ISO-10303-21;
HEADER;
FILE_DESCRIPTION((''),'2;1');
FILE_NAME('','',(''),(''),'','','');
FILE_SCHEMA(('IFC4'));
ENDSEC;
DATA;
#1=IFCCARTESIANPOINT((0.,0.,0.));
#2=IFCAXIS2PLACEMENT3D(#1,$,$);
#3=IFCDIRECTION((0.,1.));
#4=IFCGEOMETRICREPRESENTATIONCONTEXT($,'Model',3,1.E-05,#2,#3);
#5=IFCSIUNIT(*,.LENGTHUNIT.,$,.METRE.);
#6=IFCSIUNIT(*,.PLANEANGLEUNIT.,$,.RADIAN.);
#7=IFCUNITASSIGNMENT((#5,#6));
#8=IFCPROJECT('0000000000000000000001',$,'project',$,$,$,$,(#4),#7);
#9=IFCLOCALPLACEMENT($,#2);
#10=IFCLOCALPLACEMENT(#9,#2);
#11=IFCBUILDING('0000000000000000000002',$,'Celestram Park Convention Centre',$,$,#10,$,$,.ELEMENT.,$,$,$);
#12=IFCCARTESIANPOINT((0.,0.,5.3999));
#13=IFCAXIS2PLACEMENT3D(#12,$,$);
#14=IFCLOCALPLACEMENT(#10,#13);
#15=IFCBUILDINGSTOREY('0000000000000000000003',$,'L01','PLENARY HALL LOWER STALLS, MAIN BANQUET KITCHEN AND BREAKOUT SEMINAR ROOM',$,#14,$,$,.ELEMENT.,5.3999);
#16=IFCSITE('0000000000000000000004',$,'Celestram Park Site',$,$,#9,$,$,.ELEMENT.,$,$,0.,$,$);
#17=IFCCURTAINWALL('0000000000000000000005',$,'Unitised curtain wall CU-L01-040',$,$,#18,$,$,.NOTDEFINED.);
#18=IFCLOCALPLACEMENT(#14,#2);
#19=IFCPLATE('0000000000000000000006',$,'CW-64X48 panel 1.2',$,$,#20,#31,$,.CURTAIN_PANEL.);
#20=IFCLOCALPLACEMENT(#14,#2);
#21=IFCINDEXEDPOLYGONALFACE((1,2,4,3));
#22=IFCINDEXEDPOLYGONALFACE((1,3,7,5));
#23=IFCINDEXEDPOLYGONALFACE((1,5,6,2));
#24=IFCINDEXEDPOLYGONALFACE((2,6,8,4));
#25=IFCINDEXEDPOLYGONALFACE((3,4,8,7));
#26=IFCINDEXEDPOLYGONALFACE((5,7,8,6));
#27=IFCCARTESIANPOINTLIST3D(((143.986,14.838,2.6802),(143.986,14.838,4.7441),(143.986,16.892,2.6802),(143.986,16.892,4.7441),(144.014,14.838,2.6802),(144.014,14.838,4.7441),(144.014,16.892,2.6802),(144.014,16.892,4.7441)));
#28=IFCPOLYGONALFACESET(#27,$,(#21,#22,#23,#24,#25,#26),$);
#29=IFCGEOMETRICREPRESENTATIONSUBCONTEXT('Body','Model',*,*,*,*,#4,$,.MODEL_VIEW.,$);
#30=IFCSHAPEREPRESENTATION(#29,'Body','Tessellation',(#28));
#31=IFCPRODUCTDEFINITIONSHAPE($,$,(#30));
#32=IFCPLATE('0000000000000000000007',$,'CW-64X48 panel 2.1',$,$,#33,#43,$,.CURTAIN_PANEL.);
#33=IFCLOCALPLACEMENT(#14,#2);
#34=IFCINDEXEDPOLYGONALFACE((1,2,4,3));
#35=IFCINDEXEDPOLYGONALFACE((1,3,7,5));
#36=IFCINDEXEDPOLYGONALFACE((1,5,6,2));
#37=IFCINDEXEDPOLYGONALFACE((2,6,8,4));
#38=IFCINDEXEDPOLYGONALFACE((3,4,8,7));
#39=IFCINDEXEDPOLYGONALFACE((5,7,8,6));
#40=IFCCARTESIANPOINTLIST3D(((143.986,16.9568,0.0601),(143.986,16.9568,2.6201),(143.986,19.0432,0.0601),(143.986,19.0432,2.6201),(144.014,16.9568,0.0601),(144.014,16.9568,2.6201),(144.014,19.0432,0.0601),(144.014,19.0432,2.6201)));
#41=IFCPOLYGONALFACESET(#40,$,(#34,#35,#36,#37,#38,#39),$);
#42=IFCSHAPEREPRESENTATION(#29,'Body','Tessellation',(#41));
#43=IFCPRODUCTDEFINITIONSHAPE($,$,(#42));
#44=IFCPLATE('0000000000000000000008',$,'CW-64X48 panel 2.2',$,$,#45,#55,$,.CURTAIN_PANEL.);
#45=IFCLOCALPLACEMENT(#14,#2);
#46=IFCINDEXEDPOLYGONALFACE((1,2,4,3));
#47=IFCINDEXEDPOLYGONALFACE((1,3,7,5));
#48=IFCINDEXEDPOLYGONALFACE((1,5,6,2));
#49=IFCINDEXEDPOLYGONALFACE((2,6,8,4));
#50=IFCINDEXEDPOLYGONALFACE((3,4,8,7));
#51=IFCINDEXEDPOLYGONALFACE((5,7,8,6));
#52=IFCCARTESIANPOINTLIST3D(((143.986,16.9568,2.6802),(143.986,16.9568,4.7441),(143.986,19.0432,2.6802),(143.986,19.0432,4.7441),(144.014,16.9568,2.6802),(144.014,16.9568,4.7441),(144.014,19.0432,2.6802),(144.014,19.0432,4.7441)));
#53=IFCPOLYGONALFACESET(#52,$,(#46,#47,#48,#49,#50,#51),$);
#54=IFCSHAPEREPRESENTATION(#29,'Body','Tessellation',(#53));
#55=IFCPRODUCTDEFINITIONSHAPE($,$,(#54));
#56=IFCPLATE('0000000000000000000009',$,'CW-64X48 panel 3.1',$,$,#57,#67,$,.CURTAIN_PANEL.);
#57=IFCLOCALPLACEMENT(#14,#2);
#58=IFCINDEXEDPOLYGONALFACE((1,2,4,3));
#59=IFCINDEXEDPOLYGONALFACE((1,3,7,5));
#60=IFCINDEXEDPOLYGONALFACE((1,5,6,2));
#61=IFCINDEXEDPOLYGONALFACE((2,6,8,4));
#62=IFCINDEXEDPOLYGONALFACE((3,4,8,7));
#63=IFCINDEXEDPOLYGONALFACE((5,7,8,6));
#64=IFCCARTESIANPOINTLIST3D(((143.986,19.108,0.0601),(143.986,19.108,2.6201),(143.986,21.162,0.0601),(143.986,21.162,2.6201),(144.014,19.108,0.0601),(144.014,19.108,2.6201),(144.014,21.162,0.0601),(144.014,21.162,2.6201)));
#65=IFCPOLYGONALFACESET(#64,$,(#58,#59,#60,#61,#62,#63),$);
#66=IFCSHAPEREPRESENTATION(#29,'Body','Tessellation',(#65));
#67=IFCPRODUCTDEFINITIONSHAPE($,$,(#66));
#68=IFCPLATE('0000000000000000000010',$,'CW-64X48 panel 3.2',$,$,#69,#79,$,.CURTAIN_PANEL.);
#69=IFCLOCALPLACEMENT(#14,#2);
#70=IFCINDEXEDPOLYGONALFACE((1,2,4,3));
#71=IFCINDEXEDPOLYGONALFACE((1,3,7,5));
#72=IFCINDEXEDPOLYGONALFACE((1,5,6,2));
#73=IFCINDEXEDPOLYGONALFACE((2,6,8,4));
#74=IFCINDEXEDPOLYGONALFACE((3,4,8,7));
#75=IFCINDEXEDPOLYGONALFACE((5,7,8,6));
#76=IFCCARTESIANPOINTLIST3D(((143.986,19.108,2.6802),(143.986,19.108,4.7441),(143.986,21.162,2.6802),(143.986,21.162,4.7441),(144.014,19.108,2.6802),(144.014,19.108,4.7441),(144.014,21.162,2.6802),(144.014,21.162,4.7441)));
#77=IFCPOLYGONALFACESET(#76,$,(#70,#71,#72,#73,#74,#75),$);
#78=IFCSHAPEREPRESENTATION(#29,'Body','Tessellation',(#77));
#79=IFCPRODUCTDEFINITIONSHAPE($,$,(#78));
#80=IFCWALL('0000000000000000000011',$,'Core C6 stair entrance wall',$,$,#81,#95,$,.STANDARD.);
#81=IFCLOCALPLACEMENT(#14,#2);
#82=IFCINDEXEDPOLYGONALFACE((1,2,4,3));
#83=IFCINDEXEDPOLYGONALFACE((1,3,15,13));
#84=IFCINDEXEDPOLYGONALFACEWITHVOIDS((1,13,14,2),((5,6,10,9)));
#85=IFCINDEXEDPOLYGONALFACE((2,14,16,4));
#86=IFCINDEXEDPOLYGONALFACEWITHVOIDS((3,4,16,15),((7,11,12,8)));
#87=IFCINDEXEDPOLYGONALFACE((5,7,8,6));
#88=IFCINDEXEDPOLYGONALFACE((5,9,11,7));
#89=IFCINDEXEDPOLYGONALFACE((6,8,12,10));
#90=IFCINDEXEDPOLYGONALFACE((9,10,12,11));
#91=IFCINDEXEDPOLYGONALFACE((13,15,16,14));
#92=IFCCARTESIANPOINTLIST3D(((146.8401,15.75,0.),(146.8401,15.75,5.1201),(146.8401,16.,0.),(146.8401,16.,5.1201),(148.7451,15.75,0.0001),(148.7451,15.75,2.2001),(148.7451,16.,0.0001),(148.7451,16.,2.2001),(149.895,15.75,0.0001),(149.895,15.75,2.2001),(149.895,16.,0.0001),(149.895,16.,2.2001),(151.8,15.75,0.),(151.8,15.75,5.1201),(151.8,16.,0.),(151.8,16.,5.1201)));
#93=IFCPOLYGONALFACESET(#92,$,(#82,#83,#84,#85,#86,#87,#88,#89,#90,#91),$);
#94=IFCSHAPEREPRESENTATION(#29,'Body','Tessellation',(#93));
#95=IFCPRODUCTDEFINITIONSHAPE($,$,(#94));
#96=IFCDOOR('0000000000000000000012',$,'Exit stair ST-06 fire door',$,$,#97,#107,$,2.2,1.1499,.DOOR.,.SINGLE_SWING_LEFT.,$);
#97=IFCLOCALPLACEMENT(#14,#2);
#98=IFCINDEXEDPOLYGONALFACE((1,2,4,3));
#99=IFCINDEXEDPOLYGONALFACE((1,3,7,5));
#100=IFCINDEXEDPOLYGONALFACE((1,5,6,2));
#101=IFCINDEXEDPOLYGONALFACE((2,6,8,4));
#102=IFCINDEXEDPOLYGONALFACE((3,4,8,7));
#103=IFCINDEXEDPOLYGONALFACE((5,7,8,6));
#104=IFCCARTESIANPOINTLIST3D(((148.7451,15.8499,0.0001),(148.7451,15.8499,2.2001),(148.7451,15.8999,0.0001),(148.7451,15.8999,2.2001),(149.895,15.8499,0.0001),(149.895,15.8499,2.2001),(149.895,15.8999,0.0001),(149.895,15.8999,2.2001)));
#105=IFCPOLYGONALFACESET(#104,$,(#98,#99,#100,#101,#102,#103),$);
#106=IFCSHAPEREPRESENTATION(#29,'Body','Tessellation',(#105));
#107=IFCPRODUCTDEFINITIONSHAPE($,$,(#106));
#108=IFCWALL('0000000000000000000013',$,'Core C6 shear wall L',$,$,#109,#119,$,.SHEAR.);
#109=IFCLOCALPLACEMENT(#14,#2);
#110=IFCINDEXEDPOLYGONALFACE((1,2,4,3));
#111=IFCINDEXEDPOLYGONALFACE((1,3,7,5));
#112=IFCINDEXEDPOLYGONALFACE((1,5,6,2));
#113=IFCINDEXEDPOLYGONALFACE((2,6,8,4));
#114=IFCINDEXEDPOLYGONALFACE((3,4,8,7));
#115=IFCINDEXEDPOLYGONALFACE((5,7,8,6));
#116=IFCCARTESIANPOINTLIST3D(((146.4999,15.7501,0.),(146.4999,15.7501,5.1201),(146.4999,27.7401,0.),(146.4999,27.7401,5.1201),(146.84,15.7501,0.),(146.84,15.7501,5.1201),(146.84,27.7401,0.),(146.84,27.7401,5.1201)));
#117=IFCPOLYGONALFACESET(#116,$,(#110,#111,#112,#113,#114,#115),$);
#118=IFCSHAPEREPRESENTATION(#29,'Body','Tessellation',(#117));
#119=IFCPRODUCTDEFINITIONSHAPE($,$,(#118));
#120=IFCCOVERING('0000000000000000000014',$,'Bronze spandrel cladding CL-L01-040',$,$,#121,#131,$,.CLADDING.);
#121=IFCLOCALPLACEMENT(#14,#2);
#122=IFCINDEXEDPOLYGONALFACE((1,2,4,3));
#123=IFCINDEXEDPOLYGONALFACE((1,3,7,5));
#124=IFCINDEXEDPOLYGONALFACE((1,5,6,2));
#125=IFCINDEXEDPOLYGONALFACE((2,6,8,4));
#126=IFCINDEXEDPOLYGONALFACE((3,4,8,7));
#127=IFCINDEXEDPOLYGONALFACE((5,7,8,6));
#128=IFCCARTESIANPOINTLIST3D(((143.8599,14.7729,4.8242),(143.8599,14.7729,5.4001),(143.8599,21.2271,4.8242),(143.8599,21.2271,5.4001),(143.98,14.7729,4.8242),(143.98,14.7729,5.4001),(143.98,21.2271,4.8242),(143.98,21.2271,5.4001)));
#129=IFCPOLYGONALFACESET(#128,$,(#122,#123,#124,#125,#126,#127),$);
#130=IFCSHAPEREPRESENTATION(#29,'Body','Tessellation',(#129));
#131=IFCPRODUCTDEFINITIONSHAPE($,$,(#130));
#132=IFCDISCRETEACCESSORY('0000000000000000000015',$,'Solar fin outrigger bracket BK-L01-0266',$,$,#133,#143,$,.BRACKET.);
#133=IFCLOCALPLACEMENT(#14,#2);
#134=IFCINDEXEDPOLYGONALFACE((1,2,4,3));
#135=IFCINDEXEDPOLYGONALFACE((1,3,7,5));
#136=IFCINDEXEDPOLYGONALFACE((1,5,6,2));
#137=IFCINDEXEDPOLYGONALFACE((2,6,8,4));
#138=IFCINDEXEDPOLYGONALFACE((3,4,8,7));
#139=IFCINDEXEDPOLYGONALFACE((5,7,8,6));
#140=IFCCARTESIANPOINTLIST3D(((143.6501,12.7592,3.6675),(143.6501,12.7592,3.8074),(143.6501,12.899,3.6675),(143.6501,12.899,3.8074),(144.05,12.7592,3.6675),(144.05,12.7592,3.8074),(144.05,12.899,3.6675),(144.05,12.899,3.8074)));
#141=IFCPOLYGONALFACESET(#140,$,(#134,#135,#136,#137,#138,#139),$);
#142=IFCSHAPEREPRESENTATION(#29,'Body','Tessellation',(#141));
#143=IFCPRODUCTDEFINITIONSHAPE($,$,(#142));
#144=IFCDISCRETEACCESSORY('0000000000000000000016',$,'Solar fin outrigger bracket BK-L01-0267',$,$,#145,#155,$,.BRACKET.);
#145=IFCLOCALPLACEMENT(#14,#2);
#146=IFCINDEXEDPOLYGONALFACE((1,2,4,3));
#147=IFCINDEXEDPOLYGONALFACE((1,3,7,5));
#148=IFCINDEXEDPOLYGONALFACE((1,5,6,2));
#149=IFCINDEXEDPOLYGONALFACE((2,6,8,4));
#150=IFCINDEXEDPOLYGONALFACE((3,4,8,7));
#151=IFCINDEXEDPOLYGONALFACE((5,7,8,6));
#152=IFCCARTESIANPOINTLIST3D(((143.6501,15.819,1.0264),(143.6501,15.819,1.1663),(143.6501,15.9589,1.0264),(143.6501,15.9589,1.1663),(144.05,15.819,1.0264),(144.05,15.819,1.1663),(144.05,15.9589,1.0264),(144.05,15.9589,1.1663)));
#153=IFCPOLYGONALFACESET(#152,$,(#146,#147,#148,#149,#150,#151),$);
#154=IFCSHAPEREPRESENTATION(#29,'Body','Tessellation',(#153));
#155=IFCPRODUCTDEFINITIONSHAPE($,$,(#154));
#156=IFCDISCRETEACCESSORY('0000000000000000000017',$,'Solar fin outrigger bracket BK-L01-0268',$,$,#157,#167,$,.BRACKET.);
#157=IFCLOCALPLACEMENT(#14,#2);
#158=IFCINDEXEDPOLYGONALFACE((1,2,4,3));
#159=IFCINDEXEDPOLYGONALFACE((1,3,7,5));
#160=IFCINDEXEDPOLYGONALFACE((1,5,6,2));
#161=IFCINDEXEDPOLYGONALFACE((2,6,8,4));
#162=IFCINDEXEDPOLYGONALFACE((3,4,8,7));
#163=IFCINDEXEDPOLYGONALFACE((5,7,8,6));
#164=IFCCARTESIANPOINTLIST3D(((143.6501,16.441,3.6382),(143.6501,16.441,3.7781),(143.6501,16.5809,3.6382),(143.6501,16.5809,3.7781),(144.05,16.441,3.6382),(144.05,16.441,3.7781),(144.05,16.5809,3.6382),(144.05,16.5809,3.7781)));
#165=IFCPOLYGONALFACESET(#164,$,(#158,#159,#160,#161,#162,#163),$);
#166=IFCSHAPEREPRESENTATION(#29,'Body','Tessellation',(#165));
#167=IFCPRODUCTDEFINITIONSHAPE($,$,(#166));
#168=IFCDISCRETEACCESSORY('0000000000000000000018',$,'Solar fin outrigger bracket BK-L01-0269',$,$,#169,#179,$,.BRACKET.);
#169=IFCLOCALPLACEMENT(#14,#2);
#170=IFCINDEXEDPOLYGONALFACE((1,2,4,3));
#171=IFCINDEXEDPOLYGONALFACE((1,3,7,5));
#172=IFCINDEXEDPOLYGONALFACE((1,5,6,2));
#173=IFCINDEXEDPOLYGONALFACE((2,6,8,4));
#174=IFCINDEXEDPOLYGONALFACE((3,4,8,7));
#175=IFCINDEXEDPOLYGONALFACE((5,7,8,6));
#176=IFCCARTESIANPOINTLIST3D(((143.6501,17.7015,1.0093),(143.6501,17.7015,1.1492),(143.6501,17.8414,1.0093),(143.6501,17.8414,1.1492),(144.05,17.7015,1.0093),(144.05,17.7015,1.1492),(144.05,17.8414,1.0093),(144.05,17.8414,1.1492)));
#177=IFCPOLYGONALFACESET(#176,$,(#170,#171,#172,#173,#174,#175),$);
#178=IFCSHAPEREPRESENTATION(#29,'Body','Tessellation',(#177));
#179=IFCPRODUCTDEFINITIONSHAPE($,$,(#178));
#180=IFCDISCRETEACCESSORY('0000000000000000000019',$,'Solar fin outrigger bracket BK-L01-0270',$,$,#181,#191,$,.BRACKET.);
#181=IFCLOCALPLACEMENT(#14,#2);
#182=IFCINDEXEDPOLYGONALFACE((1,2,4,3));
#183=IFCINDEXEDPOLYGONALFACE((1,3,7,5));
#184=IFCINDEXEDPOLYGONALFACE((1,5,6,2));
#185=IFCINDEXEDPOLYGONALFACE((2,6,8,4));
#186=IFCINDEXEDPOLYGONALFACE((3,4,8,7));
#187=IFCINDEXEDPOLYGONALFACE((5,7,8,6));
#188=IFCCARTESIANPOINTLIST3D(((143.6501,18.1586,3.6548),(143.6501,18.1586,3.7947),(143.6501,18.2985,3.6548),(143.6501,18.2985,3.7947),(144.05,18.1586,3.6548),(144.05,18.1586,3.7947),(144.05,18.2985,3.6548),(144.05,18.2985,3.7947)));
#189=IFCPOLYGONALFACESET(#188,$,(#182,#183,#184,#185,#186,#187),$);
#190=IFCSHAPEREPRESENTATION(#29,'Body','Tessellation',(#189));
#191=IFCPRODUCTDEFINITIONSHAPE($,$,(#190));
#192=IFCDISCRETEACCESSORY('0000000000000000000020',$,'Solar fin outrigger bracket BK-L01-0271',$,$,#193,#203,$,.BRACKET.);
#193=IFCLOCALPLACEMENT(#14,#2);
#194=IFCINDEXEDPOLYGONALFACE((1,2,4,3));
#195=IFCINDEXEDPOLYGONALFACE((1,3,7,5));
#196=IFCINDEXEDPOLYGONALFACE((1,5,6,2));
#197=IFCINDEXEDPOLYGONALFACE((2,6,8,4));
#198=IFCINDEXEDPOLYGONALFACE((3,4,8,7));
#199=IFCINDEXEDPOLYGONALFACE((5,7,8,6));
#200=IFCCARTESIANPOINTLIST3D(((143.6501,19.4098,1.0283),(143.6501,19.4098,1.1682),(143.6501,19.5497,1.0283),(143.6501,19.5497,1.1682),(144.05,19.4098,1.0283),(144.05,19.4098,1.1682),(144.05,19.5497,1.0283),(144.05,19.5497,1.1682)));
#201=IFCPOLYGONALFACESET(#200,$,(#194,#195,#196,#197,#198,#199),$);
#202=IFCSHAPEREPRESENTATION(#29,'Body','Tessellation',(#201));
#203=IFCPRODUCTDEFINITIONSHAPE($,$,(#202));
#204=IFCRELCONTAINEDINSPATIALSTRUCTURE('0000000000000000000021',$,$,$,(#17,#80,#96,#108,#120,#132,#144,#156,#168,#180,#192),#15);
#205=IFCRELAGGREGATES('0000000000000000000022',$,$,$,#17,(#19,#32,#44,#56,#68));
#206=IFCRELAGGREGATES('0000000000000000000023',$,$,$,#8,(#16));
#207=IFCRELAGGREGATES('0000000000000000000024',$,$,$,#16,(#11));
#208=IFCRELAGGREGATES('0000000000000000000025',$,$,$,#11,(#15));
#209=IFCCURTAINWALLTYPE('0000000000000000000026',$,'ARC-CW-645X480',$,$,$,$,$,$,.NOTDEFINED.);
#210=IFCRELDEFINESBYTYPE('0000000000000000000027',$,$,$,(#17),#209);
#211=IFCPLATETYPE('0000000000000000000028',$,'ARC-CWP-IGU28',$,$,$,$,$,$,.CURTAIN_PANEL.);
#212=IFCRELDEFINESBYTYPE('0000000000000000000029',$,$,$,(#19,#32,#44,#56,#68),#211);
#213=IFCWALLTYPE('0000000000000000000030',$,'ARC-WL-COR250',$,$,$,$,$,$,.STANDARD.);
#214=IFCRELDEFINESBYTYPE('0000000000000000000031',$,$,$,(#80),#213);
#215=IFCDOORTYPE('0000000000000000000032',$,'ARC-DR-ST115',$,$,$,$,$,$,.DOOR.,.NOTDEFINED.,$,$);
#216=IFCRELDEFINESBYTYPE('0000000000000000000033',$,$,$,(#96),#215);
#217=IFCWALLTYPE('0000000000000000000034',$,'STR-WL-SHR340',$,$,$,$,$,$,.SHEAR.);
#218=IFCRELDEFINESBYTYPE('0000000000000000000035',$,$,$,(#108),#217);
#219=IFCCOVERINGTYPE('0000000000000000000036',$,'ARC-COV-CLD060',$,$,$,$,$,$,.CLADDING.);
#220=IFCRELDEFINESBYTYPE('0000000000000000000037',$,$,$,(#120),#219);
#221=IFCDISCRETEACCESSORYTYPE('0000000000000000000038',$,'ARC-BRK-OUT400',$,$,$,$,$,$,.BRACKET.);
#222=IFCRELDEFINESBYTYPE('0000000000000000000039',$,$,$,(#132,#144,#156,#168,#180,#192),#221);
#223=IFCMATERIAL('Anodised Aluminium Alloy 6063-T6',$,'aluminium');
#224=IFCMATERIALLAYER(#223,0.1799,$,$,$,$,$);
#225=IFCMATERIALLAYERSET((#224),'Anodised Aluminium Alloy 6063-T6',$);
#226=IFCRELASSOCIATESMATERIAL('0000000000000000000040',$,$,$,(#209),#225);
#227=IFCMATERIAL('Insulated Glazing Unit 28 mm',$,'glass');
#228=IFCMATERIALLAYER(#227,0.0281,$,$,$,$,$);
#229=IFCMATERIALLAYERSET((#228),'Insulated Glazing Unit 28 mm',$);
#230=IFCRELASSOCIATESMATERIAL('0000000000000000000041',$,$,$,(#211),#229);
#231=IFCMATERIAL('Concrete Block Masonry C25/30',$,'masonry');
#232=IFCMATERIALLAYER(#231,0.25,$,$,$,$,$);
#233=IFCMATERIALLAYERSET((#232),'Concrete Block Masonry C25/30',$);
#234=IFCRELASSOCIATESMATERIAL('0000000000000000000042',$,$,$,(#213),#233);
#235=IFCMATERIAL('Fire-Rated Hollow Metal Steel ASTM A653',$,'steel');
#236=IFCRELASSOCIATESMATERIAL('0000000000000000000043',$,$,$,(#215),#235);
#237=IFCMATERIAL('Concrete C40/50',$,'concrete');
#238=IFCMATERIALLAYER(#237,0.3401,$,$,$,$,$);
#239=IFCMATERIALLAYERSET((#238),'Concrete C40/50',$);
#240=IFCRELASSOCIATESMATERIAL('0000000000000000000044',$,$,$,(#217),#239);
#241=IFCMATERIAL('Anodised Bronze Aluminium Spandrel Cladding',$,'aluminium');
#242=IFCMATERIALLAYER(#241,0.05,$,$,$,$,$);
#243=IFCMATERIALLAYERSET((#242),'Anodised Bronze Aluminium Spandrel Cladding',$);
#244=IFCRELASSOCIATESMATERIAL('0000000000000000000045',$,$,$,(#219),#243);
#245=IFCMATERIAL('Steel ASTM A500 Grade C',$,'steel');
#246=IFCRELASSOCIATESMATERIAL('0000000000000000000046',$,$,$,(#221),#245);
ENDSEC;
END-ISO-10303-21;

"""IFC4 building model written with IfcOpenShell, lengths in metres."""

from ifc_helpers import new_model, si_unit, direction, frame, frame_2d, origin, origin_2d, place, context, subcontext, project, spatial, rectangle, extrude, material, layer, layer_set, type_object, element, fill, aggregate, save


model = new_model("IFC4")

# Units and contexts
model_context = context("Model", 3, precision=1e-05, world=origin(), true_north=direction((0.0, 1.0)))
body_context = subcontext(model_context, "Body", "Model", "MODEL_VIEW")
ifc_project = project(units=[si_unit("LENGTHUNIT", "METRE"), si_unit("PLANEANGLEUNIT", "RADIAN")], contexts=[model_context])

# Site, building, storey
site_placement = place(None, origin())
site = spatial("IfcSite", under=ifc_project, at=site_placement, Name="Celestram Park Site", CompositionType="ELEMENT", RefElevation=0.0)
building_placement = place(site_placement, origin())
building = spatial("IfcBuilding", under=site, at=building_placement, Name="Celestram Park Convention Centre", CompositionType="ELEMENT")
storey_placement = place(building_placement, frame((0.0, 0.0, 5.3999)))
storey = spatial("IfcBuildingStorey", under=building, at=storey_placement, Name="L01", Description="PLENARY HALL LOWER STALLS, MAIN BANQUET KITCHEN AND BREAKOUT SEMINAR ROOM", CompositionType="ELEMENT", Elevation=5.3999)

# Shared definitions
ifc_material_1 = material(Name="Concrete C40/50", Category="concrete")

# Shared definitions
ifc_material_2 = material(Name="Anodised Aluminium Alloy 6063-T6", Category="aluminium")

# Curtain wall
ifc_layer_1 = layer(ifc_material_2, 0.1799)
ifc_layer_set_1 = layer_set([ifc_layer_1], Name="Anodised Aluminium Alloy 6063-T6")
curtain_wall_type_1 = type_object("IfcCurtainWallType", Name="ARC-CW-645X480", PredefinedType="NOTDEFINED", material=ifc_layer_set_1)
curtain_wall_1_placement = place(storey_placement, origin())
curtain_wall_1 = element("IfcCurtainWall", 1, at=curtain_wall_1_placement, inside=storey, type_object=curtain_wall_type_1, Name="Unitised curtain wall CU-L01-040", PredefinedType="NOTDEFINED")

# Shared definitions
ifc_material_3 = material(Name="Steel ASTM A500 Grade C", Category="steel")

# Plates
ifc_material_4 = material(Name="Insulated Glazing Unit 28 mm", Category="glass")
ifc_layer_2 = layer(ifc_material_4, 0.0281)
ifc_layer_set_2 = layer_set([ifc_layer_2], Name="Insulated Glazing Unit 28 mm")
plate_type = type_object("IfcPlateType", Name="ARC-CWP-IGU28", PredefinedType="CURTAIN_PANEL", material=ifc_layer_set_2)
plate_1_placement = place(storey_placement, frame((144.0, 15.865, 2.6802), z_axis=(0.0, 0.0, 1.0), x_axis=(0.0, 1.0, 0.0)))
plate_1 = element("IfcPlate", 2, at=plate_1_placement, type_object=plate_type, Name="CW-64X48 panel 1.2", PredefinedType="CURTAIN_PANEL", context=body_context, shape_type="SweptSolid", body=[
    extrude(rectangle(XDim=2.054, YDim=0.0281, at=origin_2d()), origin(), (0.0, 0.0, 1.0), 2.064),
])
plate_2_placement = place(storey_placement, frame((144.0, 18.0, 0.0601), z_axis=(0.0, 0.0, 1.0), x_axis=(0.0, 1.0, 0.0)))
plate_2 = element("IfcPlate", 3, at=plate_2_placement, type_object=plate_type, Name="CW-64X48 panel 2.1", PredefinedType="CURTAIN_PANEL", context=body_context, shape_type="SweptSolid", body=[
    extrude(rectangle(XDim=2.0864, YDim=0.0281, at=origin_2d()), origin(), (0.0, 0.0, 1.0), 2.5601),
])
plate_3_placement = place(storey_placement, frame((144.0, 18.0, 2.6802), z_axis=(0.0, 0.0, 1.0), x_axis=(0.0, 1.0, 0.0)))
plate_3 = element("IfcPlate", 4, at=plate_3_placement, type_object=plate_type, Name="CW-64X48 panel 2.2", PredefinedType="CURTAIN_PANEL", context=body_context, shape_type="SweptSolid", body=[
    extrude(rectangle(XDim=2.0864, YDim=0.0281, at=origin_2d()), origin(), (0.0, 0.0, 1.0), 2.064),
])
plate_4_placement = place(storey_placement, frame((144.0, 20.135, 0.0601), z_axis=(0.0, 0.0, 1.0), x_axis=(0.0, 1.0, 0.0)))
plate_4 = element("IfcPlate", 5, at=plate_4_placement, type_object=plate_type, Name="CW-64X48 panel 3.1", PredefinedType="CURTAIN_PANEL", context=body_context, shape_type="SweptSolid", body=[
    extrude(rectangle(XDim=2.054, YDim=0.0281, at=origin_2d()), origin(), (0.0, 0.0, 1.0), 2.5601),
])
plate_5_placement = place(storey_placement, frame((144.0, 20.135, 2.6802), z_axis=(0.0, 0.0, 1.0), x_axis=(0.0, 1.0, 0.0)))
plate_5 = element("IfcPlate", 6, at=plate_5_placement, type_object=plate_type, Name="CW-64X48 panel 3.2", PredefinedType="CURTAIN_PANEL", context=body_context, shape_type="SweptSolid", body=[
    extrude(rectangle(XDim=2.054, YDim=0.0281, at=origin_2d()), origin(), (0.0, 0.0, 1.0), 2.064),
])
aggregate(curtain_wall_1, [plate_1, plate_2, plate_3, plate_4, plate_5])

# Wall, opening, door
ifc_material_5 = material(Name="Concrete Block Masonry C25/30", Category="masonry")
ifc_layer_3 = layer(ifc_material_5, 0.25)
ifc_layer_set_3 = layer_set([ifc_layer_3], Name="Concrete Block Masonry C25/30")
wall_type_1 = type_object("IfcWallType", Name="ARC-WL-COR250", PredefinedType="STANDARD", material=ifc_layer_set_3)
wall_1_placement = place(storey_placement, frame((146.8401, 15.875, 0.0), z_axis=(0.0, 0.0, 1.0), x_axis=(1.0, 0.0, 0.0)))
wall_1 = element("IfcWall", 7, at=wall_1_placement, inside=storey, type_object=wall_type_1, Name="Core C6 stair entrance wall", PredefinedType="STANDARD", context=body_context, shape_type="SweptSolid", body=[
    extrude(rectangle(XDim=4.96, YDim=0.25, at=frame_2d((2.48, 0.0))), origin(), (0.0, 0.0, 1.0), 5.1201),
])
opening_placement = place(wall_1_placement, frame((1.905, 0.0, 0.0)))
opening = element("IfcOpeningElement", 8, at=opening_placement, cuts=wall_1, PredefinedType="OPENING", context=body_context, shape_type="SweptSolid", body=[
    extrude(rectangle(XDim=1.1499, YDim=2.2, at=frame_2d((0.575, 1.1001))), frame((0.0, 0.135, 0.0), z_axis=(0.0, -1.0, 0.0), x_axis=(1.0, 0.0, 0.0)), (0.0, 0.0, 1.0), 0.27),
])
ifc_material_6 = material(Name="Fire-Rated Hollow Metal Steel ASTM A653", Category="steel")
door_type = type_object("IfcDoorType", Name="ARC-DR-ST115", OperationType="NOTDEFINED", PredefinedType="DOOR", material=ifc_material_6)
door_placement = place(opening_placement, origin())
door = element("IfcDoor", 9, at=door_placement, inside=storey, type_object=door_type, Name="Exit stair ST-06 fire door", OperationType="SINGLE_SWING_LEFT", OverallHeight=2.2, OverallWidth=1.1499, PredefinedType="DOOR", context=body_context, shape_type="SweptSolid", body=[
    extrude(rectangle(XDim=1.1499, YDim=2.2, at=frame_2d((0.575, 1.1001))), frame((0.0, 0.0249, 0.0), z_axis=(0.0, -1.0, 0.0), x_axis=(1.0, 0.0, 0.0)), (0.0, 0.0, 1.0), 0.05),
])
fill(opening, door)

# Wall
ifc_layer_4 = layer(ifc_material_1, 0.3401)
ifc_layer_set_4 = layer_set([ifc_layer_4], Name="Concrete C40/50")
wall_type_2 = type_object("IfcWallType", Name="STR-WL-SHR340", PredefinedType="SHEAR", material=ifc_layer_set_4)
wall_2_placement = place(storey_placement, frame((146.6699, 15.75, 0.0), z_axis=(0.0, 0.0, 1.0), x_axis=(0.0, 1.0, 0.0)))
element("IfcWall", 10, at=wall_2_placement, inside=storey, type_object=wall_type_2, Name="Core C6 shear wall L", PredefinedType="SHEAR", context=body_context, shape_type="SweptSolid", body=[
    extrude(rectangle(XDim=11.99, YDim=0.3401, at=frame_2d((5.9951, 0.0))), origin(), (0.0, 0.0, 1.0), 5.1201),
])

# Covering
ifc_material_7 = material(Name="Anodised Bronze Aluminium Spandrel Cladding", Category="aluminium")
ifc_layer_5 = layer(ifc_material_7, 0.05)
ifc_layer_set_5 = layer_set([ifc_layer_5], Name="Anodised Bronze Aluminium Spandrel Cladding")
covering_type = type_object("IfcCoveringType", Name="ARC-COV-CLD060", PredefinedType="CLADDING", material=ifc_layer_set_5)
covering_placement = place(storey_placement, frame((143.9199, 18.0, 4.8242), z_axis=(0.0, 0.0, 1.0), x_axis=(0.0, 1.0, 0.0)))
element("IfcCovering", 11, at=covering_placement, inside=storey, type_object=covering_type, Name="Bronze spandrel cladding CL-L01-040", PredefinedType="CLADDING", context=body_context, shape_type="SweptSolid", body=[
    extrude(rectangle(XDim=6.4541, YDim=0.1201, at=origin_2d()), origin(), (0.0, 0.0, 1.0), 0.5759),
])

# Discrete accessories
discrete_accessory_type = type_object("IfcDiscreteAccessoryType", Name="ARC-BRK-OUT400", PredefinedType="BRACKET", material=ifc_material_3)
for number, where, z_axis, x_axis, name in (
    (12, (143.8501, 12.8291, 3.6675), (0.0, 0.0, 1.0), (-1.0, 0.0, 0.0), "Solar fin outrigger bracket BK-L01-0266"),
    (13, (143.8501, 15.8889, 1.0264), (0.0, 0.0, 1.0), (-1.0, 0.0, 0.0), "Solar fin outrigger bracket BK-L01-0267"),
    (14, (143.8501, 16.511, 3.6382), (0.0, 0.0, 1.0), (-1.0, 0.0, 0.0), "Solar fin outrigger bracket BK-L01-0268"),
    (15, (143.8501, 17.7715, 1.0093), (0.0, 0.0, 1.0), (-1.0, 0.0, 0.0), "Solar fin outrigger bracket BK-L01-0269"),
    (16, (143.8501, 18.2285, 3.6548), (0.0, 0.0, 1.0), (-1.0, 0.0, 0.0), "Solar fin outrigger bracket BK-L01-0270"),
    (17, (143.8501, 19.4797, 1.0283), (0.0, 0.0, 1.0), (-1.0, 0.0, 0.0), "Solar fin outrigger bracket BK-L01-0271"),
):
    element("IfcDiscreteAccessory", number, at=place(storey_placement, frame(where, z_axis=z_axis, x_axis=x_axis)), inside=storey, type_object=discrete_accessory_type, Name=name, PredefinedType="BRACKET", context=body_context, shape_type="SweptSolid", body=[
        extrude(rectangle(XDim=0.3999, YDim=0.1399, at=origin_2d()), origin(), (0.0, 0.0, 1.0), 0.1399),
    ])

save(model, "model.ifc")
